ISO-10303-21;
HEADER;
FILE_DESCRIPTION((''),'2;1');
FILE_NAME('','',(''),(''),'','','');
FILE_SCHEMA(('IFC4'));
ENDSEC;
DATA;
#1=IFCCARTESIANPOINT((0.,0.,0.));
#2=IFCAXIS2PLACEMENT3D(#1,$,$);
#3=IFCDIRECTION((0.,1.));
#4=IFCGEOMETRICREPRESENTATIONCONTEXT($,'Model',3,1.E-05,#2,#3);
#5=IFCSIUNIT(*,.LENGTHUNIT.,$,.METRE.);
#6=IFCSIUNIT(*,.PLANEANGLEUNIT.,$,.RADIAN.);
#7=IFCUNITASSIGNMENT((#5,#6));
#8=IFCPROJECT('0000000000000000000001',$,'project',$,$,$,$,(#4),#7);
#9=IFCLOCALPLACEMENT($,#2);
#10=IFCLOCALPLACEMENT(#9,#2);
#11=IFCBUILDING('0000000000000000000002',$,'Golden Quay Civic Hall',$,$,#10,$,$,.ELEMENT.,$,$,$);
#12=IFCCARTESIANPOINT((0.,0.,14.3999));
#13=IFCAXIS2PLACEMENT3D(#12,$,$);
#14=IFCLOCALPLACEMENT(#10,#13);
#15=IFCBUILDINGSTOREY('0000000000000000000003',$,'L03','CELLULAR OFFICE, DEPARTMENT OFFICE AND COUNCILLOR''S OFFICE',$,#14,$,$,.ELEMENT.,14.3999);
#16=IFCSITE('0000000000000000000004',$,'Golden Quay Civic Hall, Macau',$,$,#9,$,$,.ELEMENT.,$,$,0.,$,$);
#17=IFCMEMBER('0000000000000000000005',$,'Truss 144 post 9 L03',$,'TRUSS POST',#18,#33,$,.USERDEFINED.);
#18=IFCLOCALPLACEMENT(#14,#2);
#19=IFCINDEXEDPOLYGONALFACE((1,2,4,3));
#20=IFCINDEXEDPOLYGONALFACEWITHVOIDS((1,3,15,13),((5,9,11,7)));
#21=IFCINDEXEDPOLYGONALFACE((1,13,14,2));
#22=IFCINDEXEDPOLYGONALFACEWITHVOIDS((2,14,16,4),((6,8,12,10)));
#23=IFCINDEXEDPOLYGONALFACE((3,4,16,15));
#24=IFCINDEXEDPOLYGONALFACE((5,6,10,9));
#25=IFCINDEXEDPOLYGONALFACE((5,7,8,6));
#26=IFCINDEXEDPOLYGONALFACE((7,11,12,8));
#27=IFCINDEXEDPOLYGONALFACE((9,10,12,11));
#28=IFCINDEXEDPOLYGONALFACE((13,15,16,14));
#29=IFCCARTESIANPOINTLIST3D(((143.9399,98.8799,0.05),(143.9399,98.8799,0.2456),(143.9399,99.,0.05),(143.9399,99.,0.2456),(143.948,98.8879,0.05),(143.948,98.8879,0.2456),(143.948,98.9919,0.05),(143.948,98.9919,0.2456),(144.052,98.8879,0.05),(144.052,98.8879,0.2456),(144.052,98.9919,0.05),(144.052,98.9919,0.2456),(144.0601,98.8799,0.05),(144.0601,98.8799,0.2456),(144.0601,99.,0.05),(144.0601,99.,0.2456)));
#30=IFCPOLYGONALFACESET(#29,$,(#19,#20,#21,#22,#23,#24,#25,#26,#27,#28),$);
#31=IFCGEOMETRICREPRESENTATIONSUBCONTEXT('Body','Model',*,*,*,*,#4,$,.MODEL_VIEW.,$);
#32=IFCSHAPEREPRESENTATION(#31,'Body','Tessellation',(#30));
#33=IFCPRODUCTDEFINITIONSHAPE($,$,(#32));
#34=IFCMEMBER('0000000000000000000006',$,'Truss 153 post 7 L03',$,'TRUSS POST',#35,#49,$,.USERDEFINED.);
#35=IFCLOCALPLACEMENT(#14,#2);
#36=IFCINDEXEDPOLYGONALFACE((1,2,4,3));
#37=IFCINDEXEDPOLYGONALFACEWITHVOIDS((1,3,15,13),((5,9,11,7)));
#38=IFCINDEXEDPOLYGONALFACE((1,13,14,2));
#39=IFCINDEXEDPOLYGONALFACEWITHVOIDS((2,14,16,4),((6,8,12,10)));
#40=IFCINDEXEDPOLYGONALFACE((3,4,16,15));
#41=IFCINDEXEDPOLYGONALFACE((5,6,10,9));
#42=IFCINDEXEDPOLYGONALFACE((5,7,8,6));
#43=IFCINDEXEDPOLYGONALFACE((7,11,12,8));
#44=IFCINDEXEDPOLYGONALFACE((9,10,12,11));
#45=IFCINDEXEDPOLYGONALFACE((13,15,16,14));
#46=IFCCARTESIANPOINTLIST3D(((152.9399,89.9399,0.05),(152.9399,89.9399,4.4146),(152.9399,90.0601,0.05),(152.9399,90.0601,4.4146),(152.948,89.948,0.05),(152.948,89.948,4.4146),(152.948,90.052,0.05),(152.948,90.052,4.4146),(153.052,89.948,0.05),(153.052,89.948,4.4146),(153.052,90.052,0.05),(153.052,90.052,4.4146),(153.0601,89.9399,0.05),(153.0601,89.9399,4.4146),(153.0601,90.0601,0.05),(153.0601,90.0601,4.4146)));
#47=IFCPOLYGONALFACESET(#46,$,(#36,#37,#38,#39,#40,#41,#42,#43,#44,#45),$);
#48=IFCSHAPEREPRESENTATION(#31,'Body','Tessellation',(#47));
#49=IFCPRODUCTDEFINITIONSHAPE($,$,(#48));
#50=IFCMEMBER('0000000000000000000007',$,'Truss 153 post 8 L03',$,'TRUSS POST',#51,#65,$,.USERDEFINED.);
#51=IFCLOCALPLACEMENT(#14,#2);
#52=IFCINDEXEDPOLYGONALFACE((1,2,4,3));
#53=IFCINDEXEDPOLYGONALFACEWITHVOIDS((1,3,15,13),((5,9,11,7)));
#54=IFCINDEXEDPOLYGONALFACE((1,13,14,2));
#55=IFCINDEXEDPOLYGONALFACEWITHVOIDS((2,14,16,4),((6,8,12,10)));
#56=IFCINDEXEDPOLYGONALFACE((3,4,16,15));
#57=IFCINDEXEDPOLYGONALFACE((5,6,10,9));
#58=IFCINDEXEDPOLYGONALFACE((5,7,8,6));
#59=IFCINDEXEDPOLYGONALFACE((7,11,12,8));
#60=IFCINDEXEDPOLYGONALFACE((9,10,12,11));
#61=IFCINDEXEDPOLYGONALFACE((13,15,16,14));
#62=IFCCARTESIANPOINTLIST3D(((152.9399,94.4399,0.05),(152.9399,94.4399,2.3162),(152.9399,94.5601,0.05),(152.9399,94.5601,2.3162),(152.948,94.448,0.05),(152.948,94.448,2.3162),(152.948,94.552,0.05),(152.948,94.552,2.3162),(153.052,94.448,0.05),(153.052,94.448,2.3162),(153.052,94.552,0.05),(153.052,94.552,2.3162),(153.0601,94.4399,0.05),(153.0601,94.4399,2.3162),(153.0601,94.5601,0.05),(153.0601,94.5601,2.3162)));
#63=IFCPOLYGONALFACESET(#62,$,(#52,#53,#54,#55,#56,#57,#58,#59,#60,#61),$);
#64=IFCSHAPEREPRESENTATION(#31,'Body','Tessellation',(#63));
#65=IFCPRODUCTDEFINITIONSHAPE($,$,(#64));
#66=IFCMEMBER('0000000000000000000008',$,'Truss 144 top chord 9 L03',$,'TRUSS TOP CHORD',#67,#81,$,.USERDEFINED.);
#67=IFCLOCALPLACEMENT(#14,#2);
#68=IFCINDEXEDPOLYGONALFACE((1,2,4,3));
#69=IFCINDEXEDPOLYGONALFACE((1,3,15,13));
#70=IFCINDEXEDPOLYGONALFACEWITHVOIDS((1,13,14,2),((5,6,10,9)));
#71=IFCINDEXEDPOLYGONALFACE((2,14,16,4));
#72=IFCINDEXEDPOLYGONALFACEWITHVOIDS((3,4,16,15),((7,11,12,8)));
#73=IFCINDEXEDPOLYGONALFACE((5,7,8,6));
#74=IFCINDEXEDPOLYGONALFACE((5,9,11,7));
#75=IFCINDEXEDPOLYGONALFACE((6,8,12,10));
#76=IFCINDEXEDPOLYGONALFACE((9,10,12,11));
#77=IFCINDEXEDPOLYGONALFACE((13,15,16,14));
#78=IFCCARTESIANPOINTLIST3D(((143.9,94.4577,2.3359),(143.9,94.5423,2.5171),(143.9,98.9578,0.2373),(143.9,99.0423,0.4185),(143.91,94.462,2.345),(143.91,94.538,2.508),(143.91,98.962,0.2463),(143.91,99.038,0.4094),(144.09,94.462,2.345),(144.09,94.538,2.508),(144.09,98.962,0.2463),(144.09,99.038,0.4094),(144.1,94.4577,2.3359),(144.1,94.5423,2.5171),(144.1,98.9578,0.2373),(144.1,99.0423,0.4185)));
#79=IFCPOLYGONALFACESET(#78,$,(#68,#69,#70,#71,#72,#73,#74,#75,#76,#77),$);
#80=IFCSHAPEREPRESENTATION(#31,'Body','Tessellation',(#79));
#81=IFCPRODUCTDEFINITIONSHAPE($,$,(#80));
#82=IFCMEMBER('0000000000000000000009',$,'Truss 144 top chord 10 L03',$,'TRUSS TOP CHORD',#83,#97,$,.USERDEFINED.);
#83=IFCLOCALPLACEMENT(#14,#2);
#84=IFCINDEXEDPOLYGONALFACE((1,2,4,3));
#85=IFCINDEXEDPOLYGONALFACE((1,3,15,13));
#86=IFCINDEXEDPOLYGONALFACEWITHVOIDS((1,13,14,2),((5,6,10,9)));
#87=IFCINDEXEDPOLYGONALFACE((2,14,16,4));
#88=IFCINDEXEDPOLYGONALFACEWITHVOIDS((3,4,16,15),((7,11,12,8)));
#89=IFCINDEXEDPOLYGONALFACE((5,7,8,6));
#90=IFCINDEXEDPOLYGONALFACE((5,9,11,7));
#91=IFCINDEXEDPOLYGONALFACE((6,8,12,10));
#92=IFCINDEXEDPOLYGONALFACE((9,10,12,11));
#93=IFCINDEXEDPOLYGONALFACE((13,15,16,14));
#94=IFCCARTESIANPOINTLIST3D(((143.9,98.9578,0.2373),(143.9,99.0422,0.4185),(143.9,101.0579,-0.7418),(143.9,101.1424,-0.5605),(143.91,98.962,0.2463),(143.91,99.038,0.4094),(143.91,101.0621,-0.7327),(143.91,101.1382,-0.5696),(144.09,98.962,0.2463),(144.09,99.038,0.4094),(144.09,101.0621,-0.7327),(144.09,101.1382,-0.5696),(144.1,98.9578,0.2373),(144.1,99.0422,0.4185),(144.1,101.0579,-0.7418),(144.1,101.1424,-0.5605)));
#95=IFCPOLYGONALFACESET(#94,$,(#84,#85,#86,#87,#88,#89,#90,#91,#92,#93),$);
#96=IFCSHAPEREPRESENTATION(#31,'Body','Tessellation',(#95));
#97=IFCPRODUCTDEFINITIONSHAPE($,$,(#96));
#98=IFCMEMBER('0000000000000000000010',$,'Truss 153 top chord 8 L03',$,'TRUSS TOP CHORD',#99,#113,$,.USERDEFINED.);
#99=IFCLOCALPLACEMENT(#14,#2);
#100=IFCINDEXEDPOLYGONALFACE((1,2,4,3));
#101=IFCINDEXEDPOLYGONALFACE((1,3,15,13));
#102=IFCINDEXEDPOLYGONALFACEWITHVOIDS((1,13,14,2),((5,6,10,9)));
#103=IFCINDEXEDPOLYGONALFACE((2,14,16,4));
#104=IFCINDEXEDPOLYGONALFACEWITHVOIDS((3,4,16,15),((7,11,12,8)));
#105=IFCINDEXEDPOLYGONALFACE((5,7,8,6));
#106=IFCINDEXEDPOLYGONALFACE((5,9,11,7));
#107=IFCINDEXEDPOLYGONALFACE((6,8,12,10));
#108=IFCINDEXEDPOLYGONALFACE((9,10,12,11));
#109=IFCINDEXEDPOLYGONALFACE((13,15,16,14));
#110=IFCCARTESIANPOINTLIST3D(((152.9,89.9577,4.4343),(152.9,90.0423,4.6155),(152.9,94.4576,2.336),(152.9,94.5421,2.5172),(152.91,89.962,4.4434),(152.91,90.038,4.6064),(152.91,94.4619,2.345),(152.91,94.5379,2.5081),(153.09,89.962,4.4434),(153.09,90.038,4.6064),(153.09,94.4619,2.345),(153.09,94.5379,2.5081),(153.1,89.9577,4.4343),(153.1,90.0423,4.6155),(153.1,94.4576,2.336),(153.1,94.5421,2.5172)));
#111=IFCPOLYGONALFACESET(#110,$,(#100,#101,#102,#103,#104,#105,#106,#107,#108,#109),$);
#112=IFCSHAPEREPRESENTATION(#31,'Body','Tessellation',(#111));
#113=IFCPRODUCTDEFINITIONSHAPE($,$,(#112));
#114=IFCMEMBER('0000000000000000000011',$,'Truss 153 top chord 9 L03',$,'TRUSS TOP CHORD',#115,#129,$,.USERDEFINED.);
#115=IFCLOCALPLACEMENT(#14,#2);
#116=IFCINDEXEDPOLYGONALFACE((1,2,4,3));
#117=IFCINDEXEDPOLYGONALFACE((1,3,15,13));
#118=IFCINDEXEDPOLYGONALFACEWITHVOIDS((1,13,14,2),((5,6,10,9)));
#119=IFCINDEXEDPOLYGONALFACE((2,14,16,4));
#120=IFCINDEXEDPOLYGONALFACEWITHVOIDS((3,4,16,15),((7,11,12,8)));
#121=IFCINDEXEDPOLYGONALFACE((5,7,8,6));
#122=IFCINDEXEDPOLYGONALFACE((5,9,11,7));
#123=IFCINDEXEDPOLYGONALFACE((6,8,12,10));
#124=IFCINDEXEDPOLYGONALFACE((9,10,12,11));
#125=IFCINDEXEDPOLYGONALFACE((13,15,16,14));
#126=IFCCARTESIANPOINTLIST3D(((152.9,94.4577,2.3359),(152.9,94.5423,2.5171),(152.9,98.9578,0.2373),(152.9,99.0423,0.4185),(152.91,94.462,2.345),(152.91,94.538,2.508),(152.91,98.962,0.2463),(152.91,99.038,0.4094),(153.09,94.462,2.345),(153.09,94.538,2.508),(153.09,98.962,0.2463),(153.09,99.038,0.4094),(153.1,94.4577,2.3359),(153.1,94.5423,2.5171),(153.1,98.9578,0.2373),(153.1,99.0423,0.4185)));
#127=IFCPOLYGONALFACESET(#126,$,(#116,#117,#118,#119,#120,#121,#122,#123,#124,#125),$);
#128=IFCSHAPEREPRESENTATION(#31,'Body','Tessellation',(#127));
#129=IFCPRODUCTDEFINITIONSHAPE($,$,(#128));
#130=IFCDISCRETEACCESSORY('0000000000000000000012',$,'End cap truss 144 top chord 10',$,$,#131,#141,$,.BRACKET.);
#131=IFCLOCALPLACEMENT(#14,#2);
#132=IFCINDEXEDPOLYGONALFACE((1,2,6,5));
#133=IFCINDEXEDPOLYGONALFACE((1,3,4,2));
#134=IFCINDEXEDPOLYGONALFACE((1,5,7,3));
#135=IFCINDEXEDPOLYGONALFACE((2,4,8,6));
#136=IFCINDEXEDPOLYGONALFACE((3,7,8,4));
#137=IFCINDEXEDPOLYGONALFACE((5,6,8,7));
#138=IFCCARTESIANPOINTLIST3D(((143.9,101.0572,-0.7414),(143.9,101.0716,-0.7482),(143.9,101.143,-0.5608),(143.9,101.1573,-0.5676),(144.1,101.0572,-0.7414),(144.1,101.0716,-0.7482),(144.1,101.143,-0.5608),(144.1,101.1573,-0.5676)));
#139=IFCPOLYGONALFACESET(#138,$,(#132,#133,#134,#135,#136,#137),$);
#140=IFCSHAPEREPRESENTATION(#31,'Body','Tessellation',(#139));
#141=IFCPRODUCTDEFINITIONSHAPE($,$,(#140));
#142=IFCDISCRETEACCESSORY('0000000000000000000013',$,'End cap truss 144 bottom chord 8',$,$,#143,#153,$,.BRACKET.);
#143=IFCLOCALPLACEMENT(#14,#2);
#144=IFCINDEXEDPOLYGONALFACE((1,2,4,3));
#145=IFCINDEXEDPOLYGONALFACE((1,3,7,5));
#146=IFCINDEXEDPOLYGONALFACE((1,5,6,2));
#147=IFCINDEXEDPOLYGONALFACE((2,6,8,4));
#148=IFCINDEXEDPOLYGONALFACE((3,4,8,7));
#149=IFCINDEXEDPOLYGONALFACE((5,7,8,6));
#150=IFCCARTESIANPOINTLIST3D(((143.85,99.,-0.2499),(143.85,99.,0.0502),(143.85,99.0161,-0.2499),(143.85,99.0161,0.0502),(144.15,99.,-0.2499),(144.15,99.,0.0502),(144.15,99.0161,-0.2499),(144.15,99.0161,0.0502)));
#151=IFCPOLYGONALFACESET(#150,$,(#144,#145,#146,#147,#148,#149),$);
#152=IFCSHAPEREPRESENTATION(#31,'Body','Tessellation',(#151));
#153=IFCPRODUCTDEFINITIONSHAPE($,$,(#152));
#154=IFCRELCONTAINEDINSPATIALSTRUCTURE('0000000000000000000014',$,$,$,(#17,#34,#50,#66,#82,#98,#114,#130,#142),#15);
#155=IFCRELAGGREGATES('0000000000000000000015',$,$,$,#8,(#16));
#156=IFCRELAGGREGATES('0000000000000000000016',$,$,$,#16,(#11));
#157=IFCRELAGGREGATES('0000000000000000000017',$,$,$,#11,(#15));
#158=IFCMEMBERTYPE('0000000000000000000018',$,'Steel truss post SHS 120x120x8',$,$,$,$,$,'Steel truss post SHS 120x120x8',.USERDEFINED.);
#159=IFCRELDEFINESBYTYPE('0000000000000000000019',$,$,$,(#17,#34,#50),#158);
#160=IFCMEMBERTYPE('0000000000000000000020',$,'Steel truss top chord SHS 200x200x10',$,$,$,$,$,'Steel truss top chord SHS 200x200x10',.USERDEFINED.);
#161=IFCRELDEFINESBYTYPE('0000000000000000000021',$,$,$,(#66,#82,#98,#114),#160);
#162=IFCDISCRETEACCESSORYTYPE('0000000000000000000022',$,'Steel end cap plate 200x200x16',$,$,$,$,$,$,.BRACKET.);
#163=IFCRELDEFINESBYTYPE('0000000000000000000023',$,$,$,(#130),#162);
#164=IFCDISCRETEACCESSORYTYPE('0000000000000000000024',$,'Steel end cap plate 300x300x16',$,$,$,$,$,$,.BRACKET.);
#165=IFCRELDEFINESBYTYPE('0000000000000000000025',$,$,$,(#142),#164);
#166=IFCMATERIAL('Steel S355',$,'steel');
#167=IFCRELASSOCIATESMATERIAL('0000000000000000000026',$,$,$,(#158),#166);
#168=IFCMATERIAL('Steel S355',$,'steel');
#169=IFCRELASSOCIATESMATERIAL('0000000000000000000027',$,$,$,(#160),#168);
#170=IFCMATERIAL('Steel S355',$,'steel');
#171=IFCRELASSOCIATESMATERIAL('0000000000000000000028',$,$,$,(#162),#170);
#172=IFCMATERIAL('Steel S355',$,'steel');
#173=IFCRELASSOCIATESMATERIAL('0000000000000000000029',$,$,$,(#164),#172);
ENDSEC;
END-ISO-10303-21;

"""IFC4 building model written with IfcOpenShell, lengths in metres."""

from ifc_helpers import new_model, si_unit, direction, frame, origin, origin_2d, place, context, subcontext, project, spatial, rectangle, hollow_rectangle, extrude, material, material_profile, profile_set, type_object, element, save


model = new_model("IFC4")

# Units and contexts
model_context = context("Model", 3, precision=1e-05, world=origin(), true_north=direction((0.0, 1.0)))
body_context = subcontext(model_context, "Body", "Model", "MODEL_VIEW")
ifc_project = project(units=[si_unit("LENGTHUNIT", "METRE"), si_unit("PLANEANGLEUNIT", "RADIAN")], contexts=[model_context])

# Site, building, storey
site_placement = place(None, origin())
site = spatial("IfcSite", under=ifc_project, at=site_placement, Name="Golden Quay Civic Hall, Macau", CompositionType="ELEMENT", RefElevation=0.0)
building_placement = place(site_placement, origin())
building = spatial("IfcBuilding", under=site, at=building_placement, Name="Golden Quay Civic Hall", CompositionType="ELEMENT")
storey_placement = place(building_placement, frame((0.0, 0.0, 14.3999)))
storey = spatial("IfcBuildingStorey", under=building, at=storey_placement, Name="L03", Description="CELLULAR OFFICE, DEPARTMENT OFFICE AND COUNCILLOR'S OFFICE", CompositionType="ELEMENT", Elevation=14.3999)

# Members
ifc_material_1 = material(Name="Steel S355", Category="steel")
ifc_material_profile_1 = material_profile(ifc_material_1, hollow_rectangle(XDim=0.1201, YDim=0.1201, WallThickness=0.0081, at=origin_2d()), Name="SHS 120x120x8")
ifc_profile_set_1 = profile_set([ifc_material_profile_1], Name="Steel S355")
member_type_1 = type_object("IfcMemberType", Name="Steel truss post SHS 120x120x8", ElementType="Steel truss post SHS 120x120x8", PredefinedType="USERDEFINED", material=ifc_profile_set_1)
member_1_placement = place(storey_placement, frame((144.0, 98.9399, 0.05), z_axis=(0.0, 0.0, 1.0), x_axis=(1.0, 0.0, 0.0)))
element("IfcMember", 1, at=member_1_placement, inside=storey, type_object=member_type_1, Name="Truss 144 post 9 L03", ObjectType="TRUSS POST", PredefinedType="USERDEFINED", context=body_context, shape_type="SweptSolid", body=[
    extrude(hollow_rectangle(XDim=0.1201, YDim=0.1201, WallThickness=0.0081, at=origin_2d()), origin(), (0.0, 0.0, 1.0), 0.1956),
])
member_2_placement = place(storey_placement, frame((153.0, 90.0, 0.05), z_axis=(0.0, 0.0, 1.0), x_axis=(1.0, 0.0, 0.0)))
element("IfcMember", 2, at=member_2_placement, inside=storey, type_object=member_type_1, Name="Truss 153 post 7 L03", ObjectType="TRUSS POST", PredefinedType="USERDEFINED", context=body_context, shape_type="SweptSolid", body=[
    extrude(hollow_rectangle(XDim=0.1201, YDim=0.1201, WallThickness=0.0081, at=origin_2d()), origin(), (0.0, 0.0, 1.0), 4.3645),
])
member_3_placement = place(storey_placement, frame((153.0, 94.5, 0.05), z_axis=(0.0, 0.0, 1.0), x_axis=(1.0, 0.0, 0.0)))
element("IfcMember", 3, at=member_3_placement, inside=storey, type_object=member_type_1, Name="Truss 153 post 8 L03", ObjectType="TRUSS POST", PredefinedType="USERDEFINED", context=body_context, shape_type="SweptSolid", body=[
    extrude(hollow_rectangle(XDim=0.1201, YDim=0.1201, WallThickness=0.0081, at=origin_2d()), origin(), (0.0, 0.0, 1.0), 2.2661),
])
ifc_material_2 = material(Name="Steel S355", Category="steel")
ifc_material_profile_2 = material_profile(ifc_material_2, hollow_rectangle(XDim=0.2, YDim=0.2, WallThickness=0.01, at=origin_2d()), Name="SHS 200x200x10")
ifc_profile_set_2 = profile_set([ifc_material_profile_2], Name="Steel S355")
member_type_2 = type_object("IfcMemberType", Name="Steel truss top chord SHS 200x200x10", ElementType="Steel truss top chord SHS 200x200x10", PredefinedType="USERDEFINED", material=ifc_profile_set_2)
member_4_placement = place(storey_placement, frame((144.0, 94.5, 2.4265), z_axis=(0.0, 0.906289, -0.422659), x_axis=(-1.0, 0.0, 0.0)))
element("IfcMember", 4, at=member_4_placement, inside=storey, type_object=member_type_2, Name="Truss 144 top chord 9 L03", ObjectType="TRUSS TOP CHORD", PredefinedType="USERDEFINED", context=body_context, shape_type="SweptSolid", body=[
    extrude(hollow_rectangle(XDim=0.2, YDim=0.2, WallThickness=0.01, at=origin_2d()), origin(), (0.0, 0.0, 1.0), 4.9653),
])
member_5_placement = place(storey_placement, frame((144.0, 99.0, 0.3279), z_axis=(0.0, 0.906355, -0.422516), x_axis=(-1.0, 0.0, 0.0)))
element("IfcMember", 5, at=member_5_placement, inside=storey, type_object=member_type_2, Name="Truss 144 top chord 10 L03", ObjectType="TRUSS TOP CHORD", PredefinedType="USERDEFINED", context=body_context, shape_type="SweptSolid", body=[
    extrude(hollow_rectangle(XDim=0.2, YDim=0.2, WallThickness=0.01, at=origin_2d()), origin(), (0.0, 0.0, 1.0), 2.3171),
])
member_6_placement = place(storey_placement, frame((153.0, 90.0, 4.5249), z_axis=(0.0, 0.906307, -0.422619), x_axis=(-1.0, 0.0, 0.0)))
element("IfcMember", 6, at=member_6_placement, inside=storey, type_object=member_type_2, Name="Truss 153 top chord 8 L03", ObjectType="TRUSS TOP CHORD", PredefinedType="USERDEFINED", context=body_context, shape_type="SweptSolid", body=[
    extrude(hollow_rectangle(XDim=0.2, YDim=0.2, WallThickness=0.01, at=origin_2d()), origin(), (0.0, 0.0, 1.0), 4.9651),
])
member_7_placement = place(storey_placement, frame((153.0, 94.5, 2.4265), z_axis=(0.0, 0.906289, -0.422659), x_axis=(-1.0, 0.0, 0.0)))
element("IfcMember", 7, at=member_7_placement, inside=storey, type_object=member_type_2, Name="Truss 153 top chord 9 L03", ObjectType="TRUSS TOP CHORD", PredefinedType="USERDEFINED", context=body_context, shape_type="SweptSolid", body=[
    extrude(hollow_rectangle(XDim=0.2, YDim=0.2, WallThickness=0.01, at=origin_2d()), origin(), (0.0, 0.0, 1.0), 4.9653),
])

# Discrete accessories
ifc_material_3 = material(Name="Steel S355", Category="steel")
ifc_material_profile_3 = material_profile(ifc_material_3, rectangle(XDim=0.2, YDim=0.2, at=origin_2d()), Name="Steel end cap plate 200x200x16")
ifc_profile_set_3 = profile_set([ifc_material_profile_3], Name="Steel S355")
discrete_accessory_type_1 = type_object("IfcDiscreteAccessoryType", Name="Steel end cap plate 200x200x16", PredefinedType="BRACKET", material=ifc_profile_set_3)
discrete_accessory_1_placement = place(storey_placement, frame((144.0, 101.1001, -0.6511), z_axis=(0.0, 0.903426, -0.428744), x_axis=(-1.0, 0.0, 0.0)))
element("IfcDiscreteAccessory", 8, at=discrete_accessory_1_placement, inside=storey, type_object=discrete_accessory_type_1, Name="End cap truss 144 top chord 10", PredefinedType="BRACKET", context=body_context, shape_type="SweptSolid", body=[
    extrude(rectangle(XDim=0.2, YDim=0.2, at=origin_2d()), origin(), (0.0, 0.0, 1.0), 0.0159),
])
ifc_material_4 = material(Name="Steel S355", Category="steel")
ifc_material_profile_4 = material_profile(ifc_material_4, rectangle(XDim=0.3, YDim=0.3, at=origin_2d()), Name="Steel end cap plate 300x300x16")
ifc_profile_set_4 = profile_set([ifc_material_profile_4], Name="Steel S355")
discrete_accessory_type_2 = type_object("IfcDiscreteAccessoryType", Name="Steel end cap plate 300x300x16", PredefinedType="BRACKET", material=ifc_profile_set_4)
discrete_accessory_2_placement = place(storey_placement, frame((144.0, 99.0, -0.0999), z_axis=(0.0, 1.0, 0.0), x_axis=(-1.0, 0.0, 0.0)))
element("IfcDiscreteAccessory", 9, at=discrete_accessory_2_placement, inside=storey, type_object=discrete_accessory_type_2, Name="End cap truss 144 bottom chord 8", PredefinedType="BRACKET", context=body_context, shape_type="SweptSolid", body=[
    extrude(rectangle(XDim=0.3, YDim=0.3, at=origin_2d()), origin(), (0.0, 0.0, 1.0), 0.0161),
])

save(model, "model.ifc")
